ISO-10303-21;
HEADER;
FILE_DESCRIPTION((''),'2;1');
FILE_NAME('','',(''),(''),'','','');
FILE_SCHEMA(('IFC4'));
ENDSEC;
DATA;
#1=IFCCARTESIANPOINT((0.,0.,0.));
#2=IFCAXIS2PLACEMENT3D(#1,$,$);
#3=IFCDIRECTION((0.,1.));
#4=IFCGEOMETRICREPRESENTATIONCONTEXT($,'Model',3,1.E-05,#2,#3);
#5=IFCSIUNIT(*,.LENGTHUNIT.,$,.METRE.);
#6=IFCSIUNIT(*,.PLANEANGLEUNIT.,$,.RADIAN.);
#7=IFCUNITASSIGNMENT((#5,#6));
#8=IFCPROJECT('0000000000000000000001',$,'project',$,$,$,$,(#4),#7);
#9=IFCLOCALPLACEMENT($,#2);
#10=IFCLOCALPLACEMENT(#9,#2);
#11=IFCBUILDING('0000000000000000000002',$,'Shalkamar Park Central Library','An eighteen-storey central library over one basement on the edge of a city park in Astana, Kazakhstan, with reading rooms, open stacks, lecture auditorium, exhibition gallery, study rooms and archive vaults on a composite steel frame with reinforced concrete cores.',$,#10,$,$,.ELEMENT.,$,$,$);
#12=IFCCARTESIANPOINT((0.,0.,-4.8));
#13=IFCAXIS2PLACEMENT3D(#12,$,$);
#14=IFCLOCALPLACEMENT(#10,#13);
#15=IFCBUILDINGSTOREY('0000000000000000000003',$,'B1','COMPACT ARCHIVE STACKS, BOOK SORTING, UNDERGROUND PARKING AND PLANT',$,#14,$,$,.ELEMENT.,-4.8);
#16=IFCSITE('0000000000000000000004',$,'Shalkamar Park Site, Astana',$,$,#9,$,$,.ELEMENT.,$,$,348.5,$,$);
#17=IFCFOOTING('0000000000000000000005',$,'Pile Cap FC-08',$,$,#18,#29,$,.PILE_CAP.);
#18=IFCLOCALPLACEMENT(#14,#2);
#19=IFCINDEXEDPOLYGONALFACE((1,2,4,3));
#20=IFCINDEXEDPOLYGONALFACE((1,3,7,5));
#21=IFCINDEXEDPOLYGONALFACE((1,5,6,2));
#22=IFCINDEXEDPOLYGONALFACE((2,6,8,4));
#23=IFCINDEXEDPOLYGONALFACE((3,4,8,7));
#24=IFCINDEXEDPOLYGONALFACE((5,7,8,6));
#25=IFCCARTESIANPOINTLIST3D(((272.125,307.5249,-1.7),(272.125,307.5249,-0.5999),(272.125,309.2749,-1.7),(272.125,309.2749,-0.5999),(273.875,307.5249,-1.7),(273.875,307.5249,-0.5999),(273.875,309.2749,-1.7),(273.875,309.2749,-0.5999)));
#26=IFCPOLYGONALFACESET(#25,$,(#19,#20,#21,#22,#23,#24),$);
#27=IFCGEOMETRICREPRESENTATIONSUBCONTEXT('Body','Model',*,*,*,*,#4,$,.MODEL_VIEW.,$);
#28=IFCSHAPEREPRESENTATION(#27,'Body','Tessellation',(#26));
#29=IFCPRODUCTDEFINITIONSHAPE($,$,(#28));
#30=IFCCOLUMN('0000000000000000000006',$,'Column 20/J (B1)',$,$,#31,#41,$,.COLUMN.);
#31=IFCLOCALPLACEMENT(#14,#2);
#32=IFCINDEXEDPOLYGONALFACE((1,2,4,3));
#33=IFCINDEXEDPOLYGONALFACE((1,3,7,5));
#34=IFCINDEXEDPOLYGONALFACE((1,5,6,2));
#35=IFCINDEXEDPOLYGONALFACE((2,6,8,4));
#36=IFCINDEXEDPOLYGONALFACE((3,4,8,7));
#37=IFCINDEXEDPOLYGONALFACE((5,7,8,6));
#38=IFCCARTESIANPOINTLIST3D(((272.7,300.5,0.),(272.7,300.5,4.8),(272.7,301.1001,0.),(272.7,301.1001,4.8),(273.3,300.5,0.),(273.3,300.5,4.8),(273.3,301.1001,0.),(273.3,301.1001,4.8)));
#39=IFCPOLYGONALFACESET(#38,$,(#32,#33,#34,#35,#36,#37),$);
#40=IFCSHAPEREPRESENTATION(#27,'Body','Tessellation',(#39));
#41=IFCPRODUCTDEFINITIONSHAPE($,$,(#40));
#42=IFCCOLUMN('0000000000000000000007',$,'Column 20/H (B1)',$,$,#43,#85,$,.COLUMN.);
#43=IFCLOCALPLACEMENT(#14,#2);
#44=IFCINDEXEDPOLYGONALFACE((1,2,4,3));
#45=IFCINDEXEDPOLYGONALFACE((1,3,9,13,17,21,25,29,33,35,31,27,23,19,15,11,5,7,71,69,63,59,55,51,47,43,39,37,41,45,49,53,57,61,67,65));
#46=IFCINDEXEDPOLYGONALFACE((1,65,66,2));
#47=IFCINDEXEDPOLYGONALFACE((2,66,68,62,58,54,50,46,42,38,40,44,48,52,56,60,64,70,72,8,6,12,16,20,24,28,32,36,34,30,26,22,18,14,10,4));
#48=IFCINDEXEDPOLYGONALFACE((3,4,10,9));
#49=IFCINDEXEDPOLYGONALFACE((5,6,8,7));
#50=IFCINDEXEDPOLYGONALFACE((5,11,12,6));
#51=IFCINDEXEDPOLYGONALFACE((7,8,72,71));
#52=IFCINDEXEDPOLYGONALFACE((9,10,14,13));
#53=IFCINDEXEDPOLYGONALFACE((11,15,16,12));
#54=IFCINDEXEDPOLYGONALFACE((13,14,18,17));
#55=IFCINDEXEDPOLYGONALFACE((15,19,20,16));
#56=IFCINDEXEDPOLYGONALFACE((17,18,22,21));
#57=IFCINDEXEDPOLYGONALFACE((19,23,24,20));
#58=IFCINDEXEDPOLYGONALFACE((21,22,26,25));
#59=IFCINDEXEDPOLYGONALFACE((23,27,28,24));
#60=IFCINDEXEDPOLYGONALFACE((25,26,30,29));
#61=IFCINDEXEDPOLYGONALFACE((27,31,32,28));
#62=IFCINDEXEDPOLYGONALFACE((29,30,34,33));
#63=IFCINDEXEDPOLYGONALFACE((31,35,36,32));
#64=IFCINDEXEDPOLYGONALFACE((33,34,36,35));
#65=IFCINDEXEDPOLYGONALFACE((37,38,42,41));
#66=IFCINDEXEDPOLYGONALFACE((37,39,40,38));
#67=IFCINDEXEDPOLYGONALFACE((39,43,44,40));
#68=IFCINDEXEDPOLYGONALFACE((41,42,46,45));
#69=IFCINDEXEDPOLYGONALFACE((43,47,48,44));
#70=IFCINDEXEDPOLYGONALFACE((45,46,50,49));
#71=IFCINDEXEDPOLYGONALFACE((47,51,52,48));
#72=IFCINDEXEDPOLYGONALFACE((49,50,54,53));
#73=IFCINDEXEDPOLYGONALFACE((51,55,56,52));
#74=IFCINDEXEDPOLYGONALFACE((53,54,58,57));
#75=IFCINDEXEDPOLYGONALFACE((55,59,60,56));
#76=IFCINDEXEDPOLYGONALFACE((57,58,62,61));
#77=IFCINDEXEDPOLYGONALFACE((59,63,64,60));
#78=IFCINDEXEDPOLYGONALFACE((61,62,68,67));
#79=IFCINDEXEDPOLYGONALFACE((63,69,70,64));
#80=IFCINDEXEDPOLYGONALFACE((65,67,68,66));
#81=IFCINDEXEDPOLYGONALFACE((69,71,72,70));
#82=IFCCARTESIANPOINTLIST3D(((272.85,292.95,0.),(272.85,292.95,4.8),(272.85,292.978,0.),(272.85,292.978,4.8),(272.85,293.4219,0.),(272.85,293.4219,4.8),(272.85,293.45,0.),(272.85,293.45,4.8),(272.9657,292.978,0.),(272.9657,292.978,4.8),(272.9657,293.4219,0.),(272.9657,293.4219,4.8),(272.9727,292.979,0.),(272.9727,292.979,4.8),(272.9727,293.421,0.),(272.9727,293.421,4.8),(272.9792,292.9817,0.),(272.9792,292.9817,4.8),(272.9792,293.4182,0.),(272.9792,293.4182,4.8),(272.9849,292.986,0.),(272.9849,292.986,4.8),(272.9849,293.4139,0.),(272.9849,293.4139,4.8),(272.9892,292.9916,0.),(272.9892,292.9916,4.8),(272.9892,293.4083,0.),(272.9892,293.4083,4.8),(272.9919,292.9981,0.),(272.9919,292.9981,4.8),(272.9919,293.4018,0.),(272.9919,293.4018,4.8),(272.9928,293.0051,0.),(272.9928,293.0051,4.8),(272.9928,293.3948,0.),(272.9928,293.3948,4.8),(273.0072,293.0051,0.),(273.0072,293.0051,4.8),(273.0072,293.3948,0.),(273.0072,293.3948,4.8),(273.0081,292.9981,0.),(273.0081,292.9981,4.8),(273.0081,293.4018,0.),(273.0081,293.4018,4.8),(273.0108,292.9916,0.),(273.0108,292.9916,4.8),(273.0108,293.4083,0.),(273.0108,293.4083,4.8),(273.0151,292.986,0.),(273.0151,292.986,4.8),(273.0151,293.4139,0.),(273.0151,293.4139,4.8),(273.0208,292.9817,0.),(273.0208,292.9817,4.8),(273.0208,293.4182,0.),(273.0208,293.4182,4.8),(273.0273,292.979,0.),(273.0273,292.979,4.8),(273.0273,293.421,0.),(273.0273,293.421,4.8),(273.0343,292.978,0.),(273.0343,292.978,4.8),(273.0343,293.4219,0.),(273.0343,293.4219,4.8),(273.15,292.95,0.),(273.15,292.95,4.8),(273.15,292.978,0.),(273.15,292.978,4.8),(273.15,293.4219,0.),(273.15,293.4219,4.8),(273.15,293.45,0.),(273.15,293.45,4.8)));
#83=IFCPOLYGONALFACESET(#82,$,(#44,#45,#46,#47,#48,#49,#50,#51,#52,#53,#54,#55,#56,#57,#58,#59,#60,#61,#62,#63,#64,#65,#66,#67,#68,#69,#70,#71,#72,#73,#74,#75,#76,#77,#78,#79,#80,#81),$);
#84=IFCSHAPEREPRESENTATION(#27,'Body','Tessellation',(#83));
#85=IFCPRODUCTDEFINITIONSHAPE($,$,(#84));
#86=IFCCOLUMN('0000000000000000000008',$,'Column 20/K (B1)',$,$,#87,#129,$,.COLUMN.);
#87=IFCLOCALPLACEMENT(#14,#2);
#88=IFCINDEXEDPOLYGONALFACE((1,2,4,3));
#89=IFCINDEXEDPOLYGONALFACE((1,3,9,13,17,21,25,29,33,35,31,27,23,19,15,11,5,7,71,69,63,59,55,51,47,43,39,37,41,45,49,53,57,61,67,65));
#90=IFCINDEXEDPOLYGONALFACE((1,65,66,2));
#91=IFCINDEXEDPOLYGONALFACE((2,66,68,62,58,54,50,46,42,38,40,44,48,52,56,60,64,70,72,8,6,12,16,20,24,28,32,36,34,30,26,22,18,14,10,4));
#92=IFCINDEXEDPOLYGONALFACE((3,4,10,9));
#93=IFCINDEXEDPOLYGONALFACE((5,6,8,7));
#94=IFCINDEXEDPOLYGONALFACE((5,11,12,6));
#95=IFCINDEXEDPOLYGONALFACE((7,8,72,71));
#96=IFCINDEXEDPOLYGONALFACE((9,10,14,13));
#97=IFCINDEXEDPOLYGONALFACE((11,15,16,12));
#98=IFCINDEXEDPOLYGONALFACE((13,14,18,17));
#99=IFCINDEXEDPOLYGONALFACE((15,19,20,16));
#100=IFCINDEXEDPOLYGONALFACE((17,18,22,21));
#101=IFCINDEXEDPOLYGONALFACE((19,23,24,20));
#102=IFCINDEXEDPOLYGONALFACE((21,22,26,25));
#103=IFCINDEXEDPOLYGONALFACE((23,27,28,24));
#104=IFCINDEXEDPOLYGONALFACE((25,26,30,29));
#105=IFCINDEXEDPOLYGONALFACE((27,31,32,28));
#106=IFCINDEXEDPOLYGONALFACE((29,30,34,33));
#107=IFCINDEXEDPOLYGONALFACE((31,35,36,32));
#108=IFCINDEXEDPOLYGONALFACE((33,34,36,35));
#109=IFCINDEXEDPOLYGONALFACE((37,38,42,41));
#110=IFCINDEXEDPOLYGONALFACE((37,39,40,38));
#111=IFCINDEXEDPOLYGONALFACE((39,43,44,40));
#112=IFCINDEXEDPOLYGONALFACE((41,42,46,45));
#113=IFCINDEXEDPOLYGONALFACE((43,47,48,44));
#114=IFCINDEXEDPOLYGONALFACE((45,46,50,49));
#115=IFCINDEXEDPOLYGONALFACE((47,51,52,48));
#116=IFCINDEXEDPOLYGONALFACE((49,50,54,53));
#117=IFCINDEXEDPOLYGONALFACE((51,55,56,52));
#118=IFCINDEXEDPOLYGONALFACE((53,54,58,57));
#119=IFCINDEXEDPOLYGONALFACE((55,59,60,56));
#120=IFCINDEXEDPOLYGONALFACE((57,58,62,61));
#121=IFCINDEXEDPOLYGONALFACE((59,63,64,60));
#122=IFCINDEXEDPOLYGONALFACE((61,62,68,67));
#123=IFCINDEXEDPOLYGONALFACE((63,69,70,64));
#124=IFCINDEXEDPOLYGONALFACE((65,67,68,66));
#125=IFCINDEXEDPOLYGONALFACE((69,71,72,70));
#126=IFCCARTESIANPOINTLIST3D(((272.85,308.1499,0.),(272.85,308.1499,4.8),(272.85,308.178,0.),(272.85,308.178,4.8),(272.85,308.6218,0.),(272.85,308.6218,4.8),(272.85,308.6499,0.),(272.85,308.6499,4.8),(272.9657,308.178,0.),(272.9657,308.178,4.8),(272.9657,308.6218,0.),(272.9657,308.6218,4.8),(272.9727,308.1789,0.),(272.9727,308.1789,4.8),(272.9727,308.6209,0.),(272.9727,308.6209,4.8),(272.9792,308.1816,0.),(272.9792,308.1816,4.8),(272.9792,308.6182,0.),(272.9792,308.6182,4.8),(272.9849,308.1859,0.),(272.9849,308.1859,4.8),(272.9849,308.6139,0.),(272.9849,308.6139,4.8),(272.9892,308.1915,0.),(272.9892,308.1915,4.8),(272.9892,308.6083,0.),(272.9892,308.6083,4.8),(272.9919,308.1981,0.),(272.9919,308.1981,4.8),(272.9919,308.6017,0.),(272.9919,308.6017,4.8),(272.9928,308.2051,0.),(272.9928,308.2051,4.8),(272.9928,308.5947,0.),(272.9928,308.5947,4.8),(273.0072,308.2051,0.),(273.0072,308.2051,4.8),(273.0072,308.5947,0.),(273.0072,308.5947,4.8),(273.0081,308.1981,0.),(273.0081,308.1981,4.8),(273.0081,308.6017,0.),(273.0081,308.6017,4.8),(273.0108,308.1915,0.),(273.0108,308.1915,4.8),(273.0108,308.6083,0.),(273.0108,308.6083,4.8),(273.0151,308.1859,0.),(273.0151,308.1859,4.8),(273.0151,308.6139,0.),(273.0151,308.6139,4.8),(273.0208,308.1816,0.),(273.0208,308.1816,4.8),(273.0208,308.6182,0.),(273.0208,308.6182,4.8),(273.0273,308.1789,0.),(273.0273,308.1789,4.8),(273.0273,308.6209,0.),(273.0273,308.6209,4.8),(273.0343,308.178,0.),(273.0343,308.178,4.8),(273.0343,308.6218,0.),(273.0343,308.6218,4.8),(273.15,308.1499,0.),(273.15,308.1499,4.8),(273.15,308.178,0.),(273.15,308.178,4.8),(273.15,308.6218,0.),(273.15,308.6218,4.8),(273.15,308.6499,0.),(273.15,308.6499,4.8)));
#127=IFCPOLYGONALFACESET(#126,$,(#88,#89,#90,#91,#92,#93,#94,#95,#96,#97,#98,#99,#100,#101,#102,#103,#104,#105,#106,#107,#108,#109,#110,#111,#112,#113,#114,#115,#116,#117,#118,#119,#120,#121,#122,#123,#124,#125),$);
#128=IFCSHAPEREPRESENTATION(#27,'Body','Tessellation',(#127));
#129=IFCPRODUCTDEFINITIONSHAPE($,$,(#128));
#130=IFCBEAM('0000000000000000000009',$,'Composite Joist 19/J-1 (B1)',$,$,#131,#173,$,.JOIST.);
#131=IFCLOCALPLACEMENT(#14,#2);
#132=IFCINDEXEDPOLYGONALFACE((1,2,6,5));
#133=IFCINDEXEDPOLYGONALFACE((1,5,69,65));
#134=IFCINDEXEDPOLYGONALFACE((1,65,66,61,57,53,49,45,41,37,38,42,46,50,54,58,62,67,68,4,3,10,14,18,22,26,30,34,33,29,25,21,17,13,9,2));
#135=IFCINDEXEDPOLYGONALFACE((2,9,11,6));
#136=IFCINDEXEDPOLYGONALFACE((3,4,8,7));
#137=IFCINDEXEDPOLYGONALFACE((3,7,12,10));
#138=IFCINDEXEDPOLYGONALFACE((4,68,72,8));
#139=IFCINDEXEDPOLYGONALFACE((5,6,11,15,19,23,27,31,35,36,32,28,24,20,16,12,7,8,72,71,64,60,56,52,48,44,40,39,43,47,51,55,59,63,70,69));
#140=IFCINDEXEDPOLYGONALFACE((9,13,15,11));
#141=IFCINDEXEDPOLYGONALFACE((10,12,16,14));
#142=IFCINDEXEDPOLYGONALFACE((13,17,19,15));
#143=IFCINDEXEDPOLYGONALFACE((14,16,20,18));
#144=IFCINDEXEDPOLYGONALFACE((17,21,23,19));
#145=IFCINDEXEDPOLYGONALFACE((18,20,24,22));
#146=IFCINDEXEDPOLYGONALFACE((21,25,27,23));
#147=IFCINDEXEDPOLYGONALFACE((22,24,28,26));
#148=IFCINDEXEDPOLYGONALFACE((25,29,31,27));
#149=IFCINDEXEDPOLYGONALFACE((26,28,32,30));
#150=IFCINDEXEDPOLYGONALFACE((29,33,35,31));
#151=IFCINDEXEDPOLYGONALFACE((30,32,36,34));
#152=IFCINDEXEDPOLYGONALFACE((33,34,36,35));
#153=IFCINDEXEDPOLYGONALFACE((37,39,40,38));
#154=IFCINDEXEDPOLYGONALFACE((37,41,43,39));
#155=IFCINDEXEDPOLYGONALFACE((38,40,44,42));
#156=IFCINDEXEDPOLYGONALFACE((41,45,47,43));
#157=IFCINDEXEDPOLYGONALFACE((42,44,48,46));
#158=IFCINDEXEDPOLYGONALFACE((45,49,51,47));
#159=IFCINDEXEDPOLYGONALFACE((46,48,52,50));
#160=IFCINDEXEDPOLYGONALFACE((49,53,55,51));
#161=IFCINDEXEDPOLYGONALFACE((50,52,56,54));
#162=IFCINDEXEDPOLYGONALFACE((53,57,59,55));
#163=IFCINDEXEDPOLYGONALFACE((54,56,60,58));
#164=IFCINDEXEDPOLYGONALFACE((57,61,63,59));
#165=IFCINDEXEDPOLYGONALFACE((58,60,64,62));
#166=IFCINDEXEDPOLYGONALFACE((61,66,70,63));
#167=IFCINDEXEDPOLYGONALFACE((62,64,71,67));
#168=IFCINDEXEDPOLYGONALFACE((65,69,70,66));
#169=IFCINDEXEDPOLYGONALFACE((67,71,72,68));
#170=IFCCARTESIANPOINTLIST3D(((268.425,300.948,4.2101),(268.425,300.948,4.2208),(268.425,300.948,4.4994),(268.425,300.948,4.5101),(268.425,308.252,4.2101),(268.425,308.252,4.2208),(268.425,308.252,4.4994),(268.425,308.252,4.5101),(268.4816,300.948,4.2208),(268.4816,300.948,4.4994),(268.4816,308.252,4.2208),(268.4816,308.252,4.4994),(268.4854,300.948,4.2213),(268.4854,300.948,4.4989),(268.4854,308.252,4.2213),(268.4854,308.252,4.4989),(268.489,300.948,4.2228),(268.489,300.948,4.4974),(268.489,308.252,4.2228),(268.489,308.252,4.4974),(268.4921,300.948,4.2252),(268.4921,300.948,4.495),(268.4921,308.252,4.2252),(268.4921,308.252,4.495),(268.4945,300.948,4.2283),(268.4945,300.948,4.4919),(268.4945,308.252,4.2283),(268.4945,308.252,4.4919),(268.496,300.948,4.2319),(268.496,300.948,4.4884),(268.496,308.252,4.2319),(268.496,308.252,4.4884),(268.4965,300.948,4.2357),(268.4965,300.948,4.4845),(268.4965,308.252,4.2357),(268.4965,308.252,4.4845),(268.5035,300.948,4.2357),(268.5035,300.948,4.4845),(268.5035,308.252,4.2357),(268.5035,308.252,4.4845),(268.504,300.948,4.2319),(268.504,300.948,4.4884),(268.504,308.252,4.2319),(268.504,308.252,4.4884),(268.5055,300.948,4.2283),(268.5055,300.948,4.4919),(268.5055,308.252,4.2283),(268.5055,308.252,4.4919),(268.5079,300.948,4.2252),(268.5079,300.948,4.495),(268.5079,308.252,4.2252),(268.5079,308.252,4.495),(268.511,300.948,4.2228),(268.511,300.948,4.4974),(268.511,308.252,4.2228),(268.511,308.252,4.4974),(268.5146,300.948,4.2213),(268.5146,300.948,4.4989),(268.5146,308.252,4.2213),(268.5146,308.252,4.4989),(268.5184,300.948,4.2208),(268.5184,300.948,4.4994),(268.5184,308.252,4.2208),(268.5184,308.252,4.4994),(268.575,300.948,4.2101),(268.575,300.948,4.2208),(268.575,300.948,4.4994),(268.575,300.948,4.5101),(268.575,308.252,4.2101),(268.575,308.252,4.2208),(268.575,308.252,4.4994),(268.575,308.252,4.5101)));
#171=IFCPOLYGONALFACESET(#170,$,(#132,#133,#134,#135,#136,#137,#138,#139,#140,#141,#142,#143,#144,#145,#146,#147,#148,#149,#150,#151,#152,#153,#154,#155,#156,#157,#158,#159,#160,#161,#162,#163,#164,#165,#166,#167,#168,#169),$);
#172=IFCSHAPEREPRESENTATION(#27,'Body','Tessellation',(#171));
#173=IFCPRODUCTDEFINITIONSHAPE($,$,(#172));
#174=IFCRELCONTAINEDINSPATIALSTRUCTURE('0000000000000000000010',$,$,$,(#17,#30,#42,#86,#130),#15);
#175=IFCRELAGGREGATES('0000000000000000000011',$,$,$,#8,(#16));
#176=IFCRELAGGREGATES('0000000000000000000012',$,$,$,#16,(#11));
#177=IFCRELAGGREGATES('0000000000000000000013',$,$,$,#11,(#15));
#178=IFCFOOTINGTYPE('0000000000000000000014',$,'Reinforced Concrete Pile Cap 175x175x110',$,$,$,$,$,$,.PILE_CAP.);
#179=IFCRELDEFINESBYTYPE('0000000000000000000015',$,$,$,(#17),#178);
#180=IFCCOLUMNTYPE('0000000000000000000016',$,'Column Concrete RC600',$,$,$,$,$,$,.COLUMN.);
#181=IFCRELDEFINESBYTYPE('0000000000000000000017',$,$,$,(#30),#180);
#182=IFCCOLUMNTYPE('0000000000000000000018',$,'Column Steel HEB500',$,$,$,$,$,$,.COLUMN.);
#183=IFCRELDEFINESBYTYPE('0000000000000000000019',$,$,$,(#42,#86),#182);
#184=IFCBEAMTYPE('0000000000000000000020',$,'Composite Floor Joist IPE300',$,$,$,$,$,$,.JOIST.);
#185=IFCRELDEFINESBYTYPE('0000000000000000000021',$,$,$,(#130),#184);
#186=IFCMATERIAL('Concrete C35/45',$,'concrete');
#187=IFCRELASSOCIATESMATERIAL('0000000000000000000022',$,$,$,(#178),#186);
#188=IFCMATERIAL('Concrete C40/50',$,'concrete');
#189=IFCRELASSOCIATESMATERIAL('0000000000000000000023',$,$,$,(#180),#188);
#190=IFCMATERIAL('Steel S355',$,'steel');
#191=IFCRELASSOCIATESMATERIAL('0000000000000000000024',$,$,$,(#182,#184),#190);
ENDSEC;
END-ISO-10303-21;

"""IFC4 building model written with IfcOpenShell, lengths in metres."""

from ifc_helpers import new_model, si_unit, direction, frame, origin, origin_2d, place, context, subcontext, project, spatial, rectangle, i_section, extrude, material, material_profile, profile_set, type_object, element, save


model = new_model("IFC4")

# Units and contexts
model_context = context("Model", 3, precision=1e-05, world=origin(), true_north=direction((0.0, 1.0)))
body_context = subcontext(model_context, "Body", "Model", "MODEL_VIEW")
ifc_project = project(units=[si_unit("LENGTHUNIT", "METRE"), si_unit("PLANEANGLEUNIT", "RADIAN")], contexts=[model_context])

# Site, building, storey
site_placement = place(None, origin())
site = spatial("IfcSite", under=ifc_project, at=site_placement, Name="Shalkamar Park Site, Astana", CompositionType="ELEMENT", RefElevation=348.5)
building_placement = place(site_placement, origin())
building = spatial("IfcBuilding", under=site, at=building_placement, Name="Shalkamar Park Central Library", Description="An eighteen-storey central library over one basement on the edge of a city park in Astana, Kazakhstan, with reading rooms, open stacks, lecture auditorium, exhibition gallery, study rooms and archive vaults on a composite steel frame with reinforced concrete cores.", CompositionType="ELEMENT")
storey_placement = place(building_placement, frame((0.0, 0.0, -4.8)))
storey = spatial("IfcBuildingStorey", under=building, at=storey_placement, Name="B1", Description="COMPACT ARCHIVE STACKS, BOOK SORTING, UNDERGROUND PARKING AND PLANT", CompositionType="ELEMENT", Elevation=-4.8)

# Shared definitions
ifc_material_1 = material(Name="Concrete C35/45", Category="concrete")

# Footing
footing_type_1 = type_object("IfcFootingType", Name="Reinforced Concrete Pile Cap 175x175x110", PredefinedType="PILE_CAP", material=ifc_material_1)
footing_1_placement = place(storey_placement, frame((273.0, 308.3999, -1.7), z_axis=(0.0, 0.0, 1.0), x_axis=(1.0, 0.0, 0.0)))
element("IfcFooting", 1, at=footing_1_placement, inside=storey, type_object=footing_type_1, Name="Pile Cap FC-08", PredefinedType="PILE_CAP", context=body_context, shape_type="SweptSolid", body=[
    extrude(rectangle(XDim=1.75, YDim=1.75, at=origin_2d()), origin(), (0.0, 0.0, 1.0), 1.1001),
])

# Columns
ifc_material_2 = material(Name="Concrete C40/50", Category="concrete")
ifc_material_profile_1 = material_profile(ifc_material_2, rectangle(XDim=0.6001, YDim=0.6001, at=origin_2d()), Name="RC 600x600")
ifc_profile_set_1 = profile_set([ifc_material_profile_1], Name="Concrete C40/50")
column_type_1 = type_object("IfcColumnType", Name="Column Concrete RC600", PredefinedType="COLUMN", material=ifc_profile_set_1)
column_placement = place(storey_placement, frame((273.0, 300.8, 0.0), z_axis=(0.0, 0.0, 1.0), x_axis=(1.0, 0.0, 0.0)))
element("IfcColumn", 2, at=column_placement, inside=storey, type_object=column_type_1, Name="Column 20/J (B1)", PredefinedType="COLUMN", context=body_context, shape_type="SweptSolid", body=[
    extrude(rectangle(XDim=0.6001, YDim=0.6001, at=origin_2d()), origin(), (0.0, 0.0, 1.0), 4.8),
])
ifc_material_3 = material(Name="Steel S355", Category="steel")
ifc_material_profile_2 = material_profile(ifc_material_3, i_section(OverallWidth=0.3, OverallDepth=0.5, WebThickness=0.0144, FlangeThickness=0.0281, FilletRadius=0.0271, at=origin_2d()), Name="HEB 500")
ifc_profile_set_2 = profile_set([ifc_material_profile_2], Name="Steel S355")
column_type_2 = type_object("IfcColumnType", Name="Column Steel HEB500", PredefinedType="COLUMN", material=ifc_profile_set_2)
for number, where, z_axis, x_axis, name in (
    (3, (273.0, 293.2, 0.0), (0.0, 0.0, 1.0), (1.0, 0.0, 0.0), "Column 20/H (B1)"),
    (4, (273.0, 308.3999, 0.0), (0.0, 0.0, 1.0), (1.0, 0.0, 0.0), "Column 20/K (B1)"),
):
    element("IfcColumn", number, at=place(storey_placement, frame(where, z_axis=z_axis, x_axis=x_axis)), inside=storey, type_object=column_type_2, Name=name, PredefinedType="COLUMN", context=body_context, shape_type="SweptSolid", body=[
        extrude(i_section(OverallWidth=0.3, OverallDepth=0.5, WebThickness=0.0144, FlangeThickness=0.0281, FilletRadius=0.0271, at=origin_2d()), origin(), (0.0, 0.0, 1.0), 4.8),
    ])

# Beam
ifc_material_profile_3 = material_profile(ifc_material_3, i_section(OverallWidth=0.1499, OverallDepth=0.3, WebThickness=0.0071, FlangeThickness=0.0107, FilletRadius=0.0149, at=origin_2d()), Name="IPE 300")
ifc_profile_set_3 = profile_set([ifc_material_profile_3], Name="Steel S355")
beam_type_1 = type_object("IfcBeamType", Name="Composite Floor Joist IPE300", PredefinedType="JOIST", material=ifc_profile_set_3)
for number, where, z_axis, x_axis, name in (
    (5, (268.5, 300.948, 4.3601), (0.0, 1.0, 0.0), (-1.0, 0.0, 0.0), "Composite Joist 19/J-1 (B1)"),
):
    element("IfcBeam", number, at=place(storey_placement, frame(where, z_axis=z_axis, x_axis=x_axis)), inside=storey, type_object=beam_type_1, Name=name, PredefinedType="JOIST", context=body_context, shape_type="SweptSolid", body=[
        extrude(i_section(OverallWidth=0.1499, OverallDepth=0.3, WebThickness=0.0071, FlangeThickness=0.0107, FilletRadius=0.0149, at=origin_2d()), origin(), (0.0, 0.0, 1.0), 7.304),
    ])

save(model, "model.ifc")
